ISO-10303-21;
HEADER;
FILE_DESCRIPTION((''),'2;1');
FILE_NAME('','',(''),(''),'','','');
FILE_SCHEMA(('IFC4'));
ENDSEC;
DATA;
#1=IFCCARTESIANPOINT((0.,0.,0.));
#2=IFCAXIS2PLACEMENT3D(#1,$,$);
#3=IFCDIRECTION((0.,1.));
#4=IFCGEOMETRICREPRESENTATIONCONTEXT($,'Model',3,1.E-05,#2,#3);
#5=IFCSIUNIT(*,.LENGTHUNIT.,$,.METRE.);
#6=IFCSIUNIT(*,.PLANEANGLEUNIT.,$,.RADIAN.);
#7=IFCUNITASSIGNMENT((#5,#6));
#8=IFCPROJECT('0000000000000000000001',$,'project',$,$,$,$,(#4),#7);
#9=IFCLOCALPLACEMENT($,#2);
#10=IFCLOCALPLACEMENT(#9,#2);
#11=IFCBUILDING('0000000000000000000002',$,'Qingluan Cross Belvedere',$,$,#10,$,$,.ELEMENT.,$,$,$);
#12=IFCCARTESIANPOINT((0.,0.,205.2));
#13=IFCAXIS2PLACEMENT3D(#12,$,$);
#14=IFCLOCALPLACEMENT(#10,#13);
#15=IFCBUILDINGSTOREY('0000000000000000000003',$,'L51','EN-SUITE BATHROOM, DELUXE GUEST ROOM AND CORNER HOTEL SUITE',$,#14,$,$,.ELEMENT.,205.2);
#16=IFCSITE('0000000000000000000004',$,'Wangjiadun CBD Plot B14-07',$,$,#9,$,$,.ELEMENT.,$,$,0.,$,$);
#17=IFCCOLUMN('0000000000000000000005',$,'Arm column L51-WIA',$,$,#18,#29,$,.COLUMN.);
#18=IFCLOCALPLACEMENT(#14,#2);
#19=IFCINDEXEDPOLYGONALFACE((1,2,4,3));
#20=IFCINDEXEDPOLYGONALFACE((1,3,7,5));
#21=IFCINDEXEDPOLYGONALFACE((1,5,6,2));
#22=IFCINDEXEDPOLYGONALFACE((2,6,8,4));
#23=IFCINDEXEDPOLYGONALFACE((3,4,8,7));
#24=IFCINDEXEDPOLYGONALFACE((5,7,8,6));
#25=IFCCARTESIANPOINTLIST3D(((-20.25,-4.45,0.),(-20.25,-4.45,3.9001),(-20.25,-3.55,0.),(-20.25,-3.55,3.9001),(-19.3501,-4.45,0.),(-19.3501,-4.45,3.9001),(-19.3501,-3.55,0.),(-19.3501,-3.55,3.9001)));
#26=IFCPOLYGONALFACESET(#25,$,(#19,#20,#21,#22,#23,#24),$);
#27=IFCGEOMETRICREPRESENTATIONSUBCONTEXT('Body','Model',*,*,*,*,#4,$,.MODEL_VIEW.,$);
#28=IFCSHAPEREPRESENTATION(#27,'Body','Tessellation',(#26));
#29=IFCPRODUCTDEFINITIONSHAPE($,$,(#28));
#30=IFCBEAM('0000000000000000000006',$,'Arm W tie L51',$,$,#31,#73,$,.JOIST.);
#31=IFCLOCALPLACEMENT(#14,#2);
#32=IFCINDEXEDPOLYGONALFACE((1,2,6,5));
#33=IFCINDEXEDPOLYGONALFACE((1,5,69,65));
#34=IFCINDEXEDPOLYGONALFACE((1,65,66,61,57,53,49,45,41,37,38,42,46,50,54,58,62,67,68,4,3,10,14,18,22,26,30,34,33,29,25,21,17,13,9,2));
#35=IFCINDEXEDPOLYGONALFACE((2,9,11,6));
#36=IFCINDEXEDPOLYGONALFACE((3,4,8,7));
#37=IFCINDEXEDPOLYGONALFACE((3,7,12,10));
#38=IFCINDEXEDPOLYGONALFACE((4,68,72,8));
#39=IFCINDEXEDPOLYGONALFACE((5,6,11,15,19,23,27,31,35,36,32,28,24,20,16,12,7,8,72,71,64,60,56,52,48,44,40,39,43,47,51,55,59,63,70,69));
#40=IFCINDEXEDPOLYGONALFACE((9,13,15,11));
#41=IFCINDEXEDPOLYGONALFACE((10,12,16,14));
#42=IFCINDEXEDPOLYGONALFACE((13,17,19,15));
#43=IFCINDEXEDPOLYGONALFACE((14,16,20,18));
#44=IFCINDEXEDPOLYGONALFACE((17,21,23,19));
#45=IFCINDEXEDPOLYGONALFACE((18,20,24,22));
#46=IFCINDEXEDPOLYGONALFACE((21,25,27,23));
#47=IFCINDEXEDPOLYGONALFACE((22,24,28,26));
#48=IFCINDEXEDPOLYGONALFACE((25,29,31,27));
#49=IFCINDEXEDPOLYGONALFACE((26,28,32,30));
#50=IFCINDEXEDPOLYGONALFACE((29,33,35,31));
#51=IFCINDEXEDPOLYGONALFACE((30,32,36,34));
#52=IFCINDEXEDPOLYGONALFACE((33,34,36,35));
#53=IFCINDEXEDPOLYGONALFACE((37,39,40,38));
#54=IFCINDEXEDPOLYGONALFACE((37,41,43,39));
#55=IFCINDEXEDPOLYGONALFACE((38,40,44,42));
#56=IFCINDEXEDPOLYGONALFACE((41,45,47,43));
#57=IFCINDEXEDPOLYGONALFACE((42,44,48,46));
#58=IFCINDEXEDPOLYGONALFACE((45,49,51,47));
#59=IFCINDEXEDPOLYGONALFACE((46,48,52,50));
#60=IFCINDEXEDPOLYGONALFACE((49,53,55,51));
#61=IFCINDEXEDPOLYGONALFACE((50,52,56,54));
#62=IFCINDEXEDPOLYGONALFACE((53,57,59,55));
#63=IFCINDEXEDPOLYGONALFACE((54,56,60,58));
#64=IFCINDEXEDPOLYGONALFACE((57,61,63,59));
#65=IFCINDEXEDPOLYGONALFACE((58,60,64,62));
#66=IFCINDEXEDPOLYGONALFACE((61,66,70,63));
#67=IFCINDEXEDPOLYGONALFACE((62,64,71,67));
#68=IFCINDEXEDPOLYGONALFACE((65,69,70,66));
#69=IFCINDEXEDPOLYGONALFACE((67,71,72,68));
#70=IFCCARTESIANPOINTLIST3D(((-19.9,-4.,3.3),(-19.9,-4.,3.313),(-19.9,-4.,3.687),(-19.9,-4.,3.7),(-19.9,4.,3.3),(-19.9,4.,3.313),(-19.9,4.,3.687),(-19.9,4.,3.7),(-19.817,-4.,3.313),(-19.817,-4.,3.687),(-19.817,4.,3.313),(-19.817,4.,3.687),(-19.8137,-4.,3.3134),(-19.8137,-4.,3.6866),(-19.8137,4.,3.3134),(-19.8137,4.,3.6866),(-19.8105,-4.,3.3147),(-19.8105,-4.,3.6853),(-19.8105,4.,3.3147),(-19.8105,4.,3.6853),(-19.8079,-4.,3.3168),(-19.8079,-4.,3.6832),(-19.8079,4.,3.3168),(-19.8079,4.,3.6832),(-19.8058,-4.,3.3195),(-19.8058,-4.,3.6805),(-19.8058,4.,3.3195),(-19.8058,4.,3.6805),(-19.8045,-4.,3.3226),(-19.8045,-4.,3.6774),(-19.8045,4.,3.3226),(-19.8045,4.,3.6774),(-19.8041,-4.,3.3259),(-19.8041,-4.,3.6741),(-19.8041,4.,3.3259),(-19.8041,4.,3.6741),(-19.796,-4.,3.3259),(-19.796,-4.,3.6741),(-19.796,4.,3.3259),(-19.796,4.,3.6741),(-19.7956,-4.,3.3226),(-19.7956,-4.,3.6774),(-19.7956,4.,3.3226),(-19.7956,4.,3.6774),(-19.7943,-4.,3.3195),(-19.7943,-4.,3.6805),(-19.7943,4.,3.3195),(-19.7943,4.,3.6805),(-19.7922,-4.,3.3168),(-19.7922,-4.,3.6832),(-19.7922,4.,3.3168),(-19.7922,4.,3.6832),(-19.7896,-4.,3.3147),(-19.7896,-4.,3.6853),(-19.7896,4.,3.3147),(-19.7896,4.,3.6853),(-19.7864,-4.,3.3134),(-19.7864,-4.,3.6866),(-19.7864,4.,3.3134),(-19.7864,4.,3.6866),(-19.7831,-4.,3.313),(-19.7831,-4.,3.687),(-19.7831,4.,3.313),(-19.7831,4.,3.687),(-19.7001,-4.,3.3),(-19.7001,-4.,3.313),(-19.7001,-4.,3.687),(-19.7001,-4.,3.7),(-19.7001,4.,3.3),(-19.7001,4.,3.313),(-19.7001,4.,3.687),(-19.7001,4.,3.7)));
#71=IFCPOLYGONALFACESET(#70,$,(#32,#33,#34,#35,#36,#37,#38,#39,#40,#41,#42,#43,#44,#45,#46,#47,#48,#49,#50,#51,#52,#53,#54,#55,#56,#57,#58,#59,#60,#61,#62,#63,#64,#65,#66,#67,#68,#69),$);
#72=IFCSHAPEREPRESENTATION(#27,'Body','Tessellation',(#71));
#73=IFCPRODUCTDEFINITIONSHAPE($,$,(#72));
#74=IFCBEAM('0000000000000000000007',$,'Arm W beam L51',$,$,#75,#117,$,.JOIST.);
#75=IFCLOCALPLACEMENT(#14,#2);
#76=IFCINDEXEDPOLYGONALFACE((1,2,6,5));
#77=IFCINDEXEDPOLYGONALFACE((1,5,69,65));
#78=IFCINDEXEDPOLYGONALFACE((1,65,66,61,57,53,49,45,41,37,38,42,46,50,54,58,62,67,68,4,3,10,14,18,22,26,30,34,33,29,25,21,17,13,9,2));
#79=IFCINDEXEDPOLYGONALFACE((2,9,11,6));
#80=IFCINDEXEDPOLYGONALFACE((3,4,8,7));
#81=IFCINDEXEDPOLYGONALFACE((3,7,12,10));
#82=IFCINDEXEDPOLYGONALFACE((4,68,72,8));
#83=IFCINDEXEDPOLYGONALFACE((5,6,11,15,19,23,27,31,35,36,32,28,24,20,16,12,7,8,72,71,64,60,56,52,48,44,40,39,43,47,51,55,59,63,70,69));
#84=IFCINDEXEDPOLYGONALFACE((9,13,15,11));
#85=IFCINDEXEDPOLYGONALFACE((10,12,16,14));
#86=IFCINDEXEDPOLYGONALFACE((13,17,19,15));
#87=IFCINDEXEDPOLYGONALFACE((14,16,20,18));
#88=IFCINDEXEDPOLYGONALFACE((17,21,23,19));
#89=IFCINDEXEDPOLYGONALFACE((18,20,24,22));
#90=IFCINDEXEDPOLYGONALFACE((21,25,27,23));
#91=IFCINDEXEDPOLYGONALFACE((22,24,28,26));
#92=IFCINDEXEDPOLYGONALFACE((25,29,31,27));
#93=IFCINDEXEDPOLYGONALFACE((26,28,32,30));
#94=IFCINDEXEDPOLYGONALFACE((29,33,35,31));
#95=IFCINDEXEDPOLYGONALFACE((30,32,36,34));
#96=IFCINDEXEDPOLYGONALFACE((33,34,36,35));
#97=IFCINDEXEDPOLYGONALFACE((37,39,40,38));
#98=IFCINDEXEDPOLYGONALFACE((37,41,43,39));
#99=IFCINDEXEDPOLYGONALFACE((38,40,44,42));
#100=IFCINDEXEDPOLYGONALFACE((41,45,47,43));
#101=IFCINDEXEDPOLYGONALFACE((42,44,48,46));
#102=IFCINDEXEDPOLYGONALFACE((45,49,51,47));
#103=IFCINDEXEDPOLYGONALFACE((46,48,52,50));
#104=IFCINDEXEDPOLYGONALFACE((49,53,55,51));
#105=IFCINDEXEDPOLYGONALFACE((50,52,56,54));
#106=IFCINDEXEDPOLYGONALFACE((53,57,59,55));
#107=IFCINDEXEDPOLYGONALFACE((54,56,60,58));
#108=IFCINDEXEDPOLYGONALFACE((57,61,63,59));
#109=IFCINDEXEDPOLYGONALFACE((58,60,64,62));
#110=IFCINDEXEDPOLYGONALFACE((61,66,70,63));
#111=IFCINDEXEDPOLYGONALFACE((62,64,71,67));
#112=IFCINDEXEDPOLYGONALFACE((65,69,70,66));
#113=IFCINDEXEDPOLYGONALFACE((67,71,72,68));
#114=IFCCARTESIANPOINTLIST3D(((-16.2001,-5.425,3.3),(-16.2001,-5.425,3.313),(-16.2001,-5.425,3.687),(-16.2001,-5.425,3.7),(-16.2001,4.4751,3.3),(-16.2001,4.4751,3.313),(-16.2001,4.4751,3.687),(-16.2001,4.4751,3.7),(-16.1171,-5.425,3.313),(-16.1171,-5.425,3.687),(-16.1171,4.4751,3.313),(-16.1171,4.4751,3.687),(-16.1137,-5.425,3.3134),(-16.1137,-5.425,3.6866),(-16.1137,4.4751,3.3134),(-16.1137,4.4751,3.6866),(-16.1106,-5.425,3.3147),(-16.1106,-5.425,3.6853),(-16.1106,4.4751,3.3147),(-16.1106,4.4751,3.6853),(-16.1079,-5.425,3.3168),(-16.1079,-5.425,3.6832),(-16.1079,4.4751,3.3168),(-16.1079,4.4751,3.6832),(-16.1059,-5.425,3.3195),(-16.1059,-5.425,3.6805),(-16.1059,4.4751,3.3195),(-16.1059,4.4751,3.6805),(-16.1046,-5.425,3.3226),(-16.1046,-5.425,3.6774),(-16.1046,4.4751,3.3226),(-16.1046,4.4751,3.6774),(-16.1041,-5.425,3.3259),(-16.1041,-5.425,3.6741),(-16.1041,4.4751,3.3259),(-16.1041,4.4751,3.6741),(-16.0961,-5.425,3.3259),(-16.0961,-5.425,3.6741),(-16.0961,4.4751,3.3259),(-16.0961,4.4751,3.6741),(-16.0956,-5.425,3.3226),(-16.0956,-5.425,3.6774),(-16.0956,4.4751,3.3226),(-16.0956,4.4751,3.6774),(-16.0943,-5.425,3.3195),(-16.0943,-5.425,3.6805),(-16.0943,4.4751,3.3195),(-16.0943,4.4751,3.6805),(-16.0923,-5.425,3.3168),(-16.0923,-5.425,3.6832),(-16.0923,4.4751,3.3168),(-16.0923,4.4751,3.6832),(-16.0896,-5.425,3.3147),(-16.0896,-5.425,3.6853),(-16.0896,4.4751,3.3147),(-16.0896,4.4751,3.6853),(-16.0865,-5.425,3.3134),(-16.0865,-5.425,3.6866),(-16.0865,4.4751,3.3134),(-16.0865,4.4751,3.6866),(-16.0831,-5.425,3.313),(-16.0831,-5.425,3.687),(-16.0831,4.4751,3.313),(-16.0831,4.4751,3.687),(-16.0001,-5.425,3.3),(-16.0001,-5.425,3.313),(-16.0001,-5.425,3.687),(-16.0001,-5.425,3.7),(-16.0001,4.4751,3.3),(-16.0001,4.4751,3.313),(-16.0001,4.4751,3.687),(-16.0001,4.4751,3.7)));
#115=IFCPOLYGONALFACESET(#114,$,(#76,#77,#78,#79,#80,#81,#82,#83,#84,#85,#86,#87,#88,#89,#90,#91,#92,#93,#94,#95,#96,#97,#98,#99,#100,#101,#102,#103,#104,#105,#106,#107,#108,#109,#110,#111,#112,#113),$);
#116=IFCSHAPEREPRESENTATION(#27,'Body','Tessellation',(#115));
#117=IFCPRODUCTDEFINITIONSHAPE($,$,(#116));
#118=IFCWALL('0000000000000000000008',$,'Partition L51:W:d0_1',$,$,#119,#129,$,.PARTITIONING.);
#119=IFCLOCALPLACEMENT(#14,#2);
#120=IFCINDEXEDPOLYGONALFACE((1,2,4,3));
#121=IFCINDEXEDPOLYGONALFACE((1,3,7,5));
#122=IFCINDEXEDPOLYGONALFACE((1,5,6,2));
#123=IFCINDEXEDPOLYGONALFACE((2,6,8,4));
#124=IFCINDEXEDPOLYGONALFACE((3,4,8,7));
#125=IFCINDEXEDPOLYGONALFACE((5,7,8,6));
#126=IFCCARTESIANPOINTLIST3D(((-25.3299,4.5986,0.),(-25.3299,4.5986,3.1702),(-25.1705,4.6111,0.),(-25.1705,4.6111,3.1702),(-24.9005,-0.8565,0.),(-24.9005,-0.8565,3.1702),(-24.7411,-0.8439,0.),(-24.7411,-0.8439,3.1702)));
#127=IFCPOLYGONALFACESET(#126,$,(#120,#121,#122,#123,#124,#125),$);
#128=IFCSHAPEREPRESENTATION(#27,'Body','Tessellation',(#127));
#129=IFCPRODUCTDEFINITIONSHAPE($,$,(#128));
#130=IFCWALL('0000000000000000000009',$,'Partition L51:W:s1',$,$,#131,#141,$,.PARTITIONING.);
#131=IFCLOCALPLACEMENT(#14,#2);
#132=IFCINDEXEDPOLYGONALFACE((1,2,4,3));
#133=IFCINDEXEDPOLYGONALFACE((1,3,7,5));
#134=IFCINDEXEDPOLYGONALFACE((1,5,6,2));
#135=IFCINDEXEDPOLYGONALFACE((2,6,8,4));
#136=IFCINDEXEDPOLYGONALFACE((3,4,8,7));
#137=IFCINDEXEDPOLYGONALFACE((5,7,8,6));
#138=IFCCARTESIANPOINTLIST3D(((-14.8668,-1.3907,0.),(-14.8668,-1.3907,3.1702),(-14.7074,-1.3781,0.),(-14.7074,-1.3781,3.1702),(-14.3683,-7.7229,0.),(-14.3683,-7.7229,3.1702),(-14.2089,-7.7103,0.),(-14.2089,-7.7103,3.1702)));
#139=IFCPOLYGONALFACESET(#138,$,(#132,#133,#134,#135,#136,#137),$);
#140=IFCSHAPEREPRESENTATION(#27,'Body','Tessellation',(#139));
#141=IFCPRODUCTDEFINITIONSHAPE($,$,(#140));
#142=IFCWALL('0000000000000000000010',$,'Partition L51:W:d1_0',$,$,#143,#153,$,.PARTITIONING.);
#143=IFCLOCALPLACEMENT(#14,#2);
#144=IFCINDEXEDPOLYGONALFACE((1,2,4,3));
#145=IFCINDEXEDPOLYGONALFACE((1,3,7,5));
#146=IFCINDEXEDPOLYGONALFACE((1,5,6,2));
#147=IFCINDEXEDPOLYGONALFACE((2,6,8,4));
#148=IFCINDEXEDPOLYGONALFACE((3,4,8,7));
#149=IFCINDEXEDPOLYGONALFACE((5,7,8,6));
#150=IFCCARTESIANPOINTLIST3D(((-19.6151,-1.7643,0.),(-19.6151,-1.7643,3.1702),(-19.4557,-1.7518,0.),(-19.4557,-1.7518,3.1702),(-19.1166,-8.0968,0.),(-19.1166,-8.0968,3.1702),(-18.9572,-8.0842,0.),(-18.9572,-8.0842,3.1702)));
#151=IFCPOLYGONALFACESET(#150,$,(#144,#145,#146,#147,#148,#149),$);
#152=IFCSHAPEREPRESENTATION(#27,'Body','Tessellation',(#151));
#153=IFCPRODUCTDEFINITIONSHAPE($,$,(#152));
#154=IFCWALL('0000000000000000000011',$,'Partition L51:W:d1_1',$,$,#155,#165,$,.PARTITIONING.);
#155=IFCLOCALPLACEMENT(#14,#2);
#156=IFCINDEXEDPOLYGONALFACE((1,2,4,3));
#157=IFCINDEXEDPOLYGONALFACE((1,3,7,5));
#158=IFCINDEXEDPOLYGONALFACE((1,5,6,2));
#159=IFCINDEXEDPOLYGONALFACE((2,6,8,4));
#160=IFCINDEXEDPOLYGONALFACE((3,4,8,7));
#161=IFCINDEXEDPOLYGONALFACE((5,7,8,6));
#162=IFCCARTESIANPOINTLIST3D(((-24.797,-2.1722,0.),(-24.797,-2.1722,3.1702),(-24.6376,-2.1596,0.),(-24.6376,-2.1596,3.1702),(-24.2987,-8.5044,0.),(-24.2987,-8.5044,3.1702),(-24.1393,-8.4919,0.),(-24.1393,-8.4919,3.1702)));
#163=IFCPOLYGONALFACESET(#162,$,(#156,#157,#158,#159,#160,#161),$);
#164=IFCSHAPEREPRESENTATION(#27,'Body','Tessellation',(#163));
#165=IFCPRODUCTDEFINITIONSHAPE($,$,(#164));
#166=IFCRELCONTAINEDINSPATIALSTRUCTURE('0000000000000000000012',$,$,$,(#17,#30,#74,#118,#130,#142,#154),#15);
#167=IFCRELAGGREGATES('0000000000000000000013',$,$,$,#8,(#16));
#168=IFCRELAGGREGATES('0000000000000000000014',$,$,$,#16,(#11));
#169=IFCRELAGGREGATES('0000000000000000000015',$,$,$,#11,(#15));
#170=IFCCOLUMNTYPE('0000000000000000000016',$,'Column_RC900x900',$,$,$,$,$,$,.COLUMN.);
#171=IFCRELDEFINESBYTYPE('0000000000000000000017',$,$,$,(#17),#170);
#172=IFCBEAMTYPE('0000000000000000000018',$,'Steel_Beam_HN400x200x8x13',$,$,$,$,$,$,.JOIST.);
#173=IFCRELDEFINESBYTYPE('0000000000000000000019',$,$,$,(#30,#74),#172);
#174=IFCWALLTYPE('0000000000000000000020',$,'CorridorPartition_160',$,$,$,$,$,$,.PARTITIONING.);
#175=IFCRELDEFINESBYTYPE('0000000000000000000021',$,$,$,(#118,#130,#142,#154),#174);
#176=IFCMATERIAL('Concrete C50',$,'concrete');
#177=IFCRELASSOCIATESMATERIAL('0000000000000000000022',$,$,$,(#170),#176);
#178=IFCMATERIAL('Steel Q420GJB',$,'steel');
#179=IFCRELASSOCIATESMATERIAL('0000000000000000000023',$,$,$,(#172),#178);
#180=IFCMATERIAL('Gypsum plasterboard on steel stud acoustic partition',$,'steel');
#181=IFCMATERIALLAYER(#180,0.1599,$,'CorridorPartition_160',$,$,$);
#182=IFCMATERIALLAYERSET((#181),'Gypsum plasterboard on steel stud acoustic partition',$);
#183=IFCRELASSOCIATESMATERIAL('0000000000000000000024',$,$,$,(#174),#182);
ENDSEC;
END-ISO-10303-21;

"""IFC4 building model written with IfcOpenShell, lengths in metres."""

from ifc_helpers import new_model, si_unit, direction, frame, frame_2d, origin, origin_2d, place, context, subcontext, project, spatial, rectangle, i_section, extrude, material, layer, layer_set, material_profile, profile_set, type_object, element, save


model = new_model("IFC4")

# Units and contexts
model_context = context("Model", 3, precision=1e-05, world=origin(), true_north=direction((0.0, 1.0)))
body_context = subcontext(model_context, "Body", "Model", "MODEL_VIEW")
ifc_project = project(units=[si_unit("LENGTHUNIT", "METRE"), si_unit("PLANEANGLEUNIT", "RADIAN")], contexts=[model_context])

# Site, building, storey
site_placement = place(None, origin())
site = spatial("IfcSite", under=ifc_project, at=site_placement, Name="Wangjiadun CBD Plot B14-07", CompositionType="ELEMENT", RefElevation=0.0)
building_placement = place(site_placement, origin())
building = spatial("IfcBuilding", under=site, at=building_placement, Name="Qingluan Cross Belvedere", CompositionType="ELEMENT")
storey_placement = place(building_placement, frame((0.0, 0.0, 205.2)))
storey = spatial("IfcBuildingStorey", under=building, at=storey_placement, Name="L51", Description="EN-SUITE BATHROOM, DELUXE GUEST ROOM AND CORNER HOTEL SUITE", CompositionType="ELEMENT", Elevation=205.2)

# Column
ifc_material_1 = material(Name="Concrete C50", Category="concrete")
ifc_material_profile_1 = material_profile(ifc_material_1, rectangle(XDim=0.8999, YDim=0.8999, at=origin_2d()), Name="RC900x900")
ifc_profile_set_1 = profile_set([ifc_material_profile_1], Name="Concrete C50")
column_type = type_object("IfcColumnType", Name="Column_RC900x900", PredefinedType="COLUMN", material=ifc_profile_set_1)
column_placement = place(storey_placement, frame((-19.8, -4.0, 0.0), z_axis=(0.0, 0.0, 1.0), x_axis=(1.0, 0.0, 0.0)))
element("IfcColumn", 1, at=column_placement, inside=storey, type_object=column_type, Name="Arm column L51-WIA", PredefinedType="COLUMN", context=body_context, shape_type="SweptSolid", body=[
    extrude(rectangle(XDim=0.8999, YDim=0.8999, at=origin_2d()), origin(), (0.0, 0.0, 1.0), 3.9001),
])

# Beams
ifc_material_2 = material(Name="Steel Q420GJB", Category="steel")
ifc_material_profile_2 = material_profile(ifc_material_2, i_section(OverallWidth=0.2, OverallDepth=0.3999, WebThickness=0.0081, FlangeThickness=0.0129, FilletRadius=0.0129, at=origin_2d()), Name="HN400x200x8x13")
ifc_profile_set_2 = profile_set([ifc_material_profile_2], Name="Steel Q420GJB")
beam_type = type_object("IfcBeamType", Name="Steel_Beam_HN400x200x8x13", PredefinedType="JOIST", material=ifc_profile_set_2)
beam_1_placement = place(storey_placement, frame((-19.8, -4.0, 3.5), z_axis=(0.0, 1.0, 0.0), x_axis=(-1.0, 0.0, 0.0)))
element("IfcBeam", 2, at=beam_1_placement, inside=storey, type_object=beam_type, Name="Arm W tie L51", PredefinedType="JOIST", context=body_context, shape_type="SweptSolid", body=[
    extrude(i_section(OverallWidth=0.2, OverallDepth=0.3999, WebThickness=0.0081, FlangeThickness=0.0129, FilletRadius=0.0129, at=origin_2d()), origin(), (0.0, 0.0, 1.0), 8.0),
])
beam_2_placement = place(storey_placement, frame((-16.1001, -5.425, 3.5), z_axis=(0.0, 1.0, 0.0), x_axis=(-1.0, 0.0, 0.0)))
element("IfcBeam", 3, at=beam_2_placement, inside=storey, type_object=beam_type, Name="Arm W beam L51", PredefinedType="JOIST", context=body_context, shape_type="SweptSolid", body=[
    extrude(i_section(OverallWidth=0.2, OverallDepth=0.3999, WebThickness=0.0081, FlangeThickness=0.0129, FilletRadius=0.0129, at=origin_2d()), origin(), (0.0, 0.0, 1.0), 9.9001),
])

# Wall
ifc_material_3 = material(Name="Gypsum plasterboard on steel stud acoustic partition", Category="steel")
ifc_layer_1 = layer(ifc_material_3, 0.1599, Name="CorridorPartition_160")
ifc_layer_set_1 = layer_set([ifc_layer_1], Name="Gypsum plasterboard on steel stud acoustic partition")
wall_type_1 = type_object("IfcWallType", Name="CorridorPartition_160", PredefinedType="PARTITIONING", material=ifc_layer_set_1)
wall_1_placement = place(storey_placement, frame((-24.8208, -0.8501, 0.0), z_axis=(0.0, 0.0, 1.0), x_axis=(-0.078481, 0.996916, 0.0)))
element("IfcWall", 4, at=wall_1_placement, inside=storey, type_object=wall_type_1, Name="Partition L51:W:d0_1", PredefinedType="PARTITIONING", context=body_context, shape_type="SweptSolid", body=[
    extrude(rectangle(XDim=5.4719, YDim=0.1599, at=frame_2d((2.7358, 0.0))), origin(), (0.0, 0.0, 1.0), 3.1702),
])

# Walls
wall_2_placement = place(storey_placement, frame((-14.7871, -1.3845, 0.0), z_axis=(0.0, 0.0, 1.0), x_axis=(0.078486, -0.996915, 0.0)))
element("IfcWall", 5, at=wall_2_placement, inside=storey, type_object=wall_type_1, Name="Partition L51:W:s1", PredefinedType="PARTITIONING", context=body_context, shape_type="SweptSolid", body=[
    extrude(rectangle(XDim=6.3518, YDim=0.1599, at=frame_2d((3.1758, 0.0))), origin(), (0.0, 0.0, 1.0), 3.1702),
])
wall_3_placement = place(storey_placement, frame((-19.5354, -1.7581, 0.0), z_axis=(0.0, 0.0, 1.0), x_axis=(0.078483, -0.996915, 0.0)))
element("IfcWall", 6, at=wall_3_placement, inside=storey, type_object=wall_type_1, Name="Partition L51:W:d1_0", PredefinedType="PARTITIONING", context=body_context, shape_type="SweptSolid", body=[
    extrude(rectangle(XDim=6.3521, YDim=0.1599, at=frame_2d((3.176, 0.0))), origin(), (0.0, 0.0, 1.0), 3.1702),
])
wall_4_placement = place(storey_placement, frame((-24.7173, -2.166, 0.0), z_axis=(0.0, 0.0, 1.0), x_axis=(0.078448, -0.996918, 0.0)))
element("IfcWall", 7, at=wall_4_placement, inside=storey, type_object=wall_type_1, Name="Partition L51:W:d1_1", PredefinedType="PARTITIONING", context=body_context, shape_type="SweptSolid", body=[
    extrude(rectangle(XDim=6.3518, YDim=0.1599, at=frame_2d((3.1758, 0.0))), origin(), (0.0, 0.0, 1.0), 3.1702),
])

save(model, "model.ifc")
